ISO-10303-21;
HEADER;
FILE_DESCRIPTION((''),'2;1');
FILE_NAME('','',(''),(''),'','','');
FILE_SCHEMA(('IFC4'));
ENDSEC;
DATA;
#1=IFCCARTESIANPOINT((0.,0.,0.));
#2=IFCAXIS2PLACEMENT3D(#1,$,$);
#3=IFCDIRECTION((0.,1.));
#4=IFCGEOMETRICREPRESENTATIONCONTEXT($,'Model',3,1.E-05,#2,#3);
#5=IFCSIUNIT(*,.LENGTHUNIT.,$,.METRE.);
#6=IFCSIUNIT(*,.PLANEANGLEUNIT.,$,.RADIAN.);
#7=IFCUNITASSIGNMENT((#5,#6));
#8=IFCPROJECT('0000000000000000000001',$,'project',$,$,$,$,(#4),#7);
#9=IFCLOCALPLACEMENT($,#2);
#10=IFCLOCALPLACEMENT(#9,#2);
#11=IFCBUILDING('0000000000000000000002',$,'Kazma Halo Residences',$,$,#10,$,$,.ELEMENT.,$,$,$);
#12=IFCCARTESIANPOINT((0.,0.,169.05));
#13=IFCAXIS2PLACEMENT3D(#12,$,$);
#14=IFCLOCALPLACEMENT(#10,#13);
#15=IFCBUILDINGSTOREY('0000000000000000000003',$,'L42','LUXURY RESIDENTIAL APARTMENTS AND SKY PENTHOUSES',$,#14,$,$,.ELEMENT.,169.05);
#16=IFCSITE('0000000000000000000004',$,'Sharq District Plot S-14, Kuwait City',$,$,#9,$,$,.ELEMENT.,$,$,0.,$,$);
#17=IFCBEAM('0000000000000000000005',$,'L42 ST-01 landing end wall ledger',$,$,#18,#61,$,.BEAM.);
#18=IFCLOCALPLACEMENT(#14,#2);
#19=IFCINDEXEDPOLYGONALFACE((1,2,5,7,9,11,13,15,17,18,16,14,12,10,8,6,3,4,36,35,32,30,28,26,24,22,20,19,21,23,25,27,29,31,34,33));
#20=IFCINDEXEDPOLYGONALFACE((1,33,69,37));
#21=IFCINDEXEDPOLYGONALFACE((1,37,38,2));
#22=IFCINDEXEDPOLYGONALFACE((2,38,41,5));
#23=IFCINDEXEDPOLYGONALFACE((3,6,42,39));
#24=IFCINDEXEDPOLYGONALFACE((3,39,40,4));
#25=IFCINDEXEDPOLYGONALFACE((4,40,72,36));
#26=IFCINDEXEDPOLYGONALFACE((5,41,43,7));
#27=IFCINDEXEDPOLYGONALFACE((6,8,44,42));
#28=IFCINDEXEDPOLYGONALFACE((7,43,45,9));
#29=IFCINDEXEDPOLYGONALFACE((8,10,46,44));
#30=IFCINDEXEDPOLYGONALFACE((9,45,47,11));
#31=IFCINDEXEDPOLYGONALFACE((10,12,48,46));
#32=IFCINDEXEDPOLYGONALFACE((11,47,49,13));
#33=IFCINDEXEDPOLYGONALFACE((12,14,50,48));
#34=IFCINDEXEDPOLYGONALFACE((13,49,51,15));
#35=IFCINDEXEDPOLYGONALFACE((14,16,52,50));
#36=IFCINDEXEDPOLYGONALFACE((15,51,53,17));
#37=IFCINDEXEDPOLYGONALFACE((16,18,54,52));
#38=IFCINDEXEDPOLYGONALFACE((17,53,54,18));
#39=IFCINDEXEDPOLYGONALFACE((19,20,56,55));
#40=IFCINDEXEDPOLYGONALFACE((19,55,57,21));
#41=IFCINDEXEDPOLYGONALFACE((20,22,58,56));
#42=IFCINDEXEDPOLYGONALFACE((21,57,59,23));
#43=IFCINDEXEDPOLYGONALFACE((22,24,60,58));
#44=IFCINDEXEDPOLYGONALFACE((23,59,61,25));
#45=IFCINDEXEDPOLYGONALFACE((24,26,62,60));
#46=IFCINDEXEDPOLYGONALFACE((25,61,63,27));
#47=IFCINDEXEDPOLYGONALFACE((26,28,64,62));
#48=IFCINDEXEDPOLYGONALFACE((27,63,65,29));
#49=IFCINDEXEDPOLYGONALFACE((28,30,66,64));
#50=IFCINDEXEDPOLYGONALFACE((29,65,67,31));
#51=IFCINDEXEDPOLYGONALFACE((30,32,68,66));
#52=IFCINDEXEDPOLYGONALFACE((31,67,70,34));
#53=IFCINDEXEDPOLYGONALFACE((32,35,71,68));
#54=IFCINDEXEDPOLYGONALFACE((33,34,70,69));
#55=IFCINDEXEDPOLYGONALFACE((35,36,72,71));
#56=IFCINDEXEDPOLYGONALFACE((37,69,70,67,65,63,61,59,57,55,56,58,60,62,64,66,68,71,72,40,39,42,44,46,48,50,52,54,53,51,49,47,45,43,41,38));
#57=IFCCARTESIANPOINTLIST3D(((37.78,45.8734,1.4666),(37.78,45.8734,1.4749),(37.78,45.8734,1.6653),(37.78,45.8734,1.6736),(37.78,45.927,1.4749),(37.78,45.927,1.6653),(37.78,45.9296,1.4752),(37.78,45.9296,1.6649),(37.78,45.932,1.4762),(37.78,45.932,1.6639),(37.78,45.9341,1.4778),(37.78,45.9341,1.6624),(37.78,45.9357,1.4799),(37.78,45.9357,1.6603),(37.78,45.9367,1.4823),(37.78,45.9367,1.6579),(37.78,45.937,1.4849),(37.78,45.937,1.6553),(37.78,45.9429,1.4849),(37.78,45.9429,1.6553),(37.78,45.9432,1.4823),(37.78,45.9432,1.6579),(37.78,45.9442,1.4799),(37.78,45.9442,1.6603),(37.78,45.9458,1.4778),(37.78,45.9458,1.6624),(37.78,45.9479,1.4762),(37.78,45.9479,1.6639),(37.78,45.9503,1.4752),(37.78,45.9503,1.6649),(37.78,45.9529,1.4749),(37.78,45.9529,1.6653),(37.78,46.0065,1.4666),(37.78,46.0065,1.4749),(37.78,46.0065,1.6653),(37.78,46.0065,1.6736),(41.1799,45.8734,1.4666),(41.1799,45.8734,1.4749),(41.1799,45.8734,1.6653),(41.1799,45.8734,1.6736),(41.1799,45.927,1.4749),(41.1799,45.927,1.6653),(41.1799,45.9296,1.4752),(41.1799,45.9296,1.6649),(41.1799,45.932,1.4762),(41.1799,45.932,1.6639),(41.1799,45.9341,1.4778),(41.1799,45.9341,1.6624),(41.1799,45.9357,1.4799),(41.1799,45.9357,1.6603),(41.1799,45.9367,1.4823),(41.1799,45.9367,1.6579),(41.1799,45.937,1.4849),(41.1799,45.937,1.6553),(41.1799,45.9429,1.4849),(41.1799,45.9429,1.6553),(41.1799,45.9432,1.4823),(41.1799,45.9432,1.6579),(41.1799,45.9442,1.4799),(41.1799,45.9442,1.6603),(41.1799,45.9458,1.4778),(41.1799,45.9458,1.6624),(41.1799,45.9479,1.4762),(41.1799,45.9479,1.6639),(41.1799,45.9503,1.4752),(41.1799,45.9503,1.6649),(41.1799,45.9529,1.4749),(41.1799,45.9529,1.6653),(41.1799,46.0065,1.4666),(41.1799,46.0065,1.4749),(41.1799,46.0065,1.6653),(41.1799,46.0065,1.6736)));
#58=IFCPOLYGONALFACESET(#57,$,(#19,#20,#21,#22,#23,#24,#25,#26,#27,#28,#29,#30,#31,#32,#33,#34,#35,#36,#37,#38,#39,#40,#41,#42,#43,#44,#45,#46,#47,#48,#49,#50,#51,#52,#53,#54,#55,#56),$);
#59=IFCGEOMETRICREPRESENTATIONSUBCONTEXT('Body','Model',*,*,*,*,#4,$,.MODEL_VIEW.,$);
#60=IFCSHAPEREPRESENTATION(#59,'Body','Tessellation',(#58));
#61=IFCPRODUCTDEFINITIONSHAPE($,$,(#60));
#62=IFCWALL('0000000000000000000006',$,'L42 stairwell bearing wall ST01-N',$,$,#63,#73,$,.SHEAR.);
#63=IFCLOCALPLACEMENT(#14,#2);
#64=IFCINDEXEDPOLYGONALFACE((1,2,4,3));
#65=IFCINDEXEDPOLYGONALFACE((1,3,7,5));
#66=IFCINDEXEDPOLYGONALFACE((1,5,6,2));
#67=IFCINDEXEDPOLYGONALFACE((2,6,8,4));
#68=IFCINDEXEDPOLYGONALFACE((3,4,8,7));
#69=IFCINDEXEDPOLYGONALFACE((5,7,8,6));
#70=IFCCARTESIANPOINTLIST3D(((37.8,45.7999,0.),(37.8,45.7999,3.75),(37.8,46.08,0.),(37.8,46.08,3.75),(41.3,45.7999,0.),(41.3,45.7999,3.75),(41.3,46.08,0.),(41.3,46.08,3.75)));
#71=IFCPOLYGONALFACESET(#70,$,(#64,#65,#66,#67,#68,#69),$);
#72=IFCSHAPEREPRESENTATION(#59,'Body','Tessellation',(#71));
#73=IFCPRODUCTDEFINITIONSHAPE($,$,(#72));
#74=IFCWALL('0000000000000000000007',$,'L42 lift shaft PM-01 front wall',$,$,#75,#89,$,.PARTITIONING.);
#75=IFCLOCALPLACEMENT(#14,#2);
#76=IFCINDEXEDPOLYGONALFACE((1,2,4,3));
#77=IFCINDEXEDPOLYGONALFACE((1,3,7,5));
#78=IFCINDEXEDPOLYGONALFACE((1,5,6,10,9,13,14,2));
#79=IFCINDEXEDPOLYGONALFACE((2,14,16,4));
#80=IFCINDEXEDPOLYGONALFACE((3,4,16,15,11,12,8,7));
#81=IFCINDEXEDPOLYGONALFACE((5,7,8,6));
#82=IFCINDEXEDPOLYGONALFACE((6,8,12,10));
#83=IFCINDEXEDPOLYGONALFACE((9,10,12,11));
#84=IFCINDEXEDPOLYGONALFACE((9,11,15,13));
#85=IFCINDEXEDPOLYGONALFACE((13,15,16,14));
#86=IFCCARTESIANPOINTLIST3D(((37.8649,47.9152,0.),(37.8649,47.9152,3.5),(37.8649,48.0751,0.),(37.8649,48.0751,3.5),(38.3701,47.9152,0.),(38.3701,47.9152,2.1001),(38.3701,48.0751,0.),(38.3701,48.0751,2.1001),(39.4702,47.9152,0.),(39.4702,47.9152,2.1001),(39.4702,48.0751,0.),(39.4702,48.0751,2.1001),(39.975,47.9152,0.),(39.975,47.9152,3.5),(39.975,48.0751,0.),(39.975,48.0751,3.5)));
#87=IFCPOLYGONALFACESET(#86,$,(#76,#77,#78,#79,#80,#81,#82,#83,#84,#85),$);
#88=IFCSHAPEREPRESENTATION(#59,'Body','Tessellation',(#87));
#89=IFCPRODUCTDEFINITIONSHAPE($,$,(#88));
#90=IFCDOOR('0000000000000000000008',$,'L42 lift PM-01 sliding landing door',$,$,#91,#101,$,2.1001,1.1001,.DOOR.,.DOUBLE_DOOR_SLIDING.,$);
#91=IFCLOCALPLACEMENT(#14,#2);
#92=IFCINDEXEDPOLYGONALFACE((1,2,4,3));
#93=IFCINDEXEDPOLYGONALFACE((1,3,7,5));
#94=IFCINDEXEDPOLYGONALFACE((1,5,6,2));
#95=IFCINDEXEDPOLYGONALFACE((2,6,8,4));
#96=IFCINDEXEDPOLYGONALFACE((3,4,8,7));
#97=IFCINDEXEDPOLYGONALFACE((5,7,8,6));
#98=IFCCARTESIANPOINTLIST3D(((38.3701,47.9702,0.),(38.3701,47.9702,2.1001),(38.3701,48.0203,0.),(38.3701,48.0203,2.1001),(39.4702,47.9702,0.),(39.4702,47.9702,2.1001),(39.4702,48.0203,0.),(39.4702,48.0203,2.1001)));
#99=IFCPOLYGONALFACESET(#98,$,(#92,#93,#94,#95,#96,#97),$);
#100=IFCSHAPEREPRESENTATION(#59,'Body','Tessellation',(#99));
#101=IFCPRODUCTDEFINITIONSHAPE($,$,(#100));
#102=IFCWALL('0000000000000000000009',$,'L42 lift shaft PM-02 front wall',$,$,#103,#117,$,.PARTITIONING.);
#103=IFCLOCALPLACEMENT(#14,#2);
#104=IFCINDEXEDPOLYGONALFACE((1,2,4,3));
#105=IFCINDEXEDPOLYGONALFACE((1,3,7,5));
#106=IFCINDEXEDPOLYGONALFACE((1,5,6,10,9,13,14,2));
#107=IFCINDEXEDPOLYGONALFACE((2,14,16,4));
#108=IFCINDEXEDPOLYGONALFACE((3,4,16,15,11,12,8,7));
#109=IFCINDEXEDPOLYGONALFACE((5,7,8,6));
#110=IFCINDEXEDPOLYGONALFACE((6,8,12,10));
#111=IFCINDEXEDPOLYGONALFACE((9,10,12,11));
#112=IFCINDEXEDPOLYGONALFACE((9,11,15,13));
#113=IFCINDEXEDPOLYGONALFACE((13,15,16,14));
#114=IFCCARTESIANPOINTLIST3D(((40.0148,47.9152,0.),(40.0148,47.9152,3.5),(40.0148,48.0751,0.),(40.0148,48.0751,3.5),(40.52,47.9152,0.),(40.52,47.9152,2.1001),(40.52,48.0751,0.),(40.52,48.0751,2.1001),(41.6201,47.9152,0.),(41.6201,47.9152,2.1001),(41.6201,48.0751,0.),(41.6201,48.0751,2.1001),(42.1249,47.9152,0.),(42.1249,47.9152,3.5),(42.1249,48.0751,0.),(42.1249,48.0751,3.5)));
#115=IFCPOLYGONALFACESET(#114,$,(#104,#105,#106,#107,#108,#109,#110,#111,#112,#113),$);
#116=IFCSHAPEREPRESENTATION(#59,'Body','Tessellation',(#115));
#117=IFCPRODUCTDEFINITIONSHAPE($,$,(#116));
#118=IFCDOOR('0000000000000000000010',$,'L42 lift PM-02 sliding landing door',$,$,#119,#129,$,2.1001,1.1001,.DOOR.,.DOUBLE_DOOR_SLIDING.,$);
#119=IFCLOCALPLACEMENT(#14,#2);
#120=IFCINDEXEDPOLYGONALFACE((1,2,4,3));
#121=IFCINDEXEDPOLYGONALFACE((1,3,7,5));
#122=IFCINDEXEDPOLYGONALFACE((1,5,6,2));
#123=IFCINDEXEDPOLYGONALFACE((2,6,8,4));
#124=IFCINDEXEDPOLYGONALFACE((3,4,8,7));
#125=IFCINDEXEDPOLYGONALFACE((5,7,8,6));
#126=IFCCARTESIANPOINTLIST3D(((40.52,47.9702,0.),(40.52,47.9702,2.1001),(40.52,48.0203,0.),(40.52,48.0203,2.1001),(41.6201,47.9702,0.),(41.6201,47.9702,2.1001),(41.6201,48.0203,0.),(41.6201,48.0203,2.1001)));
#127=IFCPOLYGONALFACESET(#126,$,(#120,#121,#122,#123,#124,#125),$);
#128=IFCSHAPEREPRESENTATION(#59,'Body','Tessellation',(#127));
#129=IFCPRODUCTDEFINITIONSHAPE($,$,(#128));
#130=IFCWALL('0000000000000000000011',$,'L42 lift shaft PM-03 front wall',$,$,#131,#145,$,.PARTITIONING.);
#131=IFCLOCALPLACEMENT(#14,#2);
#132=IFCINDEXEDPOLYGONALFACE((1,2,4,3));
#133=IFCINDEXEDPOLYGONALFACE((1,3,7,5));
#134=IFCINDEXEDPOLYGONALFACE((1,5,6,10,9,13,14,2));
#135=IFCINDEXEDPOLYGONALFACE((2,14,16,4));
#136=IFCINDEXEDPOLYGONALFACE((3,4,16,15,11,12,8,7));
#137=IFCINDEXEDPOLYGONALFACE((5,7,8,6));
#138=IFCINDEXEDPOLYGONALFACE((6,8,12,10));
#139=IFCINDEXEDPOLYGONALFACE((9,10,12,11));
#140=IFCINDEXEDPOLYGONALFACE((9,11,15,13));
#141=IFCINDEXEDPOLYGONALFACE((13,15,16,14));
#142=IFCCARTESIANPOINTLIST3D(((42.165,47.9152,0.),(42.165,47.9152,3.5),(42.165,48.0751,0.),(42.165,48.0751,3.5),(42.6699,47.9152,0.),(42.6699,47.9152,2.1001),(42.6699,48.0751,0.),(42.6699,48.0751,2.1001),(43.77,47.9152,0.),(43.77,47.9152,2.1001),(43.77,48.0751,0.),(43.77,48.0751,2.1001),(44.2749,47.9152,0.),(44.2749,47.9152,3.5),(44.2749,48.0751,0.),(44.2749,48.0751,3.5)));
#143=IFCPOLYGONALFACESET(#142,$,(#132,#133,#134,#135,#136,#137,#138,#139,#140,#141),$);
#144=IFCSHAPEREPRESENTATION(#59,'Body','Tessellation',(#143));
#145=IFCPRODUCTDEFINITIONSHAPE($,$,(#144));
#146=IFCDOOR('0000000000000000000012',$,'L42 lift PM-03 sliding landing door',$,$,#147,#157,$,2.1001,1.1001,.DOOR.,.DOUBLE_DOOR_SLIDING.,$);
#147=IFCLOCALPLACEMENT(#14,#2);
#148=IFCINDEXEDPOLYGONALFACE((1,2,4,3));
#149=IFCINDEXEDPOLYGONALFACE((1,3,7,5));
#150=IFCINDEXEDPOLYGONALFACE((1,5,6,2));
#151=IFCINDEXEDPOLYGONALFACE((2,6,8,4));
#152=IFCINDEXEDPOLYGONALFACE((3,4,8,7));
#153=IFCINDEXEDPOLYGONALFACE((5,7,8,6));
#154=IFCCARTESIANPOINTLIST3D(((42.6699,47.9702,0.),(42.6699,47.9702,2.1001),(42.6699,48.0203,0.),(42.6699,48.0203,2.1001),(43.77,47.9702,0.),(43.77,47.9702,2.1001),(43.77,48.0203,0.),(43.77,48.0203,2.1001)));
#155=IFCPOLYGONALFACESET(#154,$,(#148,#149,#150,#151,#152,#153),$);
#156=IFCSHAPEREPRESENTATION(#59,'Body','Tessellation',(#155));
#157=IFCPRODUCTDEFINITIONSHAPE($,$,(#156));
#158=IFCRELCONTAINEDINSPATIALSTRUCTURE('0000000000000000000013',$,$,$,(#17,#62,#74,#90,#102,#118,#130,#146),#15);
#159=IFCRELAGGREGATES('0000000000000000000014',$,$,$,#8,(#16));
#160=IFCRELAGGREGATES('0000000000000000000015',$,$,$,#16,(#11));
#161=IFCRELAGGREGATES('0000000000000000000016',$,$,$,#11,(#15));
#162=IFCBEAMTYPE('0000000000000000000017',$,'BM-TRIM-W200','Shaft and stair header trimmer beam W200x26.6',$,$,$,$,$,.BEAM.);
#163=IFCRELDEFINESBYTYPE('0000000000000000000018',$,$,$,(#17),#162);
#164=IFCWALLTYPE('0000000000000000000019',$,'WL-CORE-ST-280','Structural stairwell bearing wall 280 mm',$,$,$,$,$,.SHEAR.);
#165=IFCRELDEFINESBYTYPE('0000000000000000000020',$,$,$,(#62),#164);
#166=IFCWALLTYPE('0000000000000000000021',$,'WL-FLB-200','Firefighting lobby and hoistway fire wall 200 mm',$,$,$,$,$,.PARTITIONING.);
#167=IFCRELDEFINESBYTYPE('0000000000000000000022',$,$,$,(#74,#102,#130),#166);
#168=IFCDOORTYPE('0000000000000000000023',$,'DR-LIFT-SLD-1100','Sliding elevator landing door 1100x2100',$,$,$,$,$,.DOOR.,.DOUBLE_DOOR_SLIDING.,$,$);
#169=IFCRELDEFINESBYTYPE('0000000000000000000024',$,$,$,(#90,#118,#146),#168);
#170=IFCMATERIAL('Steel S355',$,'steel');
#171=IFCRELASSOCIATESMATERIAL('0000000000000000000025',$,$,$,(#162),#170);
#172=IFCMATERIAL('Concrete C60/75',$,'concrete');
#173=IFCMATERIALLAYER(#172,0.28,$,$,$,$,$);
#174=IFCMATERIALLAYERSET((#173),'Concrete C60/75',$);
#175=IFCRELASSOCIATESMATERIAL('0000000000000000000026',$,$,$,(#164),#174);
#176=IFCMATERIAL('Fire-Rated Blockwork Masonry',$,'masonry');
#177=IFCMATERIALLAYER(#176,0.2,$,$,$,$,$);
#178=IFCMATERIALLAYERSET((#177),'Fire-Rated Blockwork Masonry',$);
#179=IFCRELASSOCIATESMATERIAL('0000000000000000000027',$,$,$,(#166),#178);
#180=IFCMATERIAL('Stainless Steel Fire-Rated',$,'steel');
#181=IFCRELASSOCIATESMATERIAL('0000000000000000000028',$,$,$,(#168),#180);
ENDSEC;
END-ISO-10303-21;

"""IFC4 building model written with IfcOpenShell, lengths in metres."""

from ifc_helpers import new_model, si_unit, direction, frame, frame_2d, origin, origin_2d, place, context, subcontext, project, spatial, rectangle, i_section, extrude, material, layer, layer_set, material_profile, profile_set, type_object, element, fill, save


model = new_model("IFC4")

# Units and contexts
model_context = context("Model", 3, precision=1e-05, world=origin(), true_north=direction((0.0, 1.0)))
body_context = subcontext(model_context, "Body", "Model", "MODEL_VIEW")
ifc_project = project(units=[si_unit("LENGTHUNIT", "METRE"), si_unit("PLANEANGLEUNIT", "RADIAN")], contexts=[model_context])

# Site, building, storey
site_placement = place(None, origin())
site = spatial("IfcSite", under=ifc_project, at=site_placement, Name="Sharq District Plot S-14, Kuwait City", CompositionType="ELEMENT", RefElevation=0.0)
building_placement = place(site_placement, origin())
building = spatial("IfcBuilding", under=site, at=building_placement, Name="Kazma Halo Residences", CompositionType="ELEMENT")
storey_placement = place(building_placement, frame((0.0, 0.0, 169.05)))
storey = spatial("IfcBuildingStorey", under=building, at=storey_placement, Name="L42", Description="LUXURY RESIDENTIAL APARTMENTS AND SKY PENTHOUSES", CompositionType="ELEMENT", Elevation=169.05)

# Shared definitions
ifc_material_1 = material(Name="Steel S355", Category="steel")

# Beam
ifc_material_profile_1 = material_profile(ifc_material_1, i_section(OverallWidth=0.1331, OverallDepth=0.207, WebThickness=0.0059, FlangeThickness=0.0083, FilletRadius=0.01, at=origin_2d()), Name="W200x26.6")
ifc_profile_set_1 = profile_set([ifc_material_profile_1], Name="Steel S355")
beam_type_1 = type_object("IfcBeamType", Name="BM-TRIM-W200", Description="Shaft and stair header trimmer beam W200x26.6", PredefinedType="BEAM", material=ifc_profile_set_1)
beam_1_placement = place(storey_placement, frame((37.78, 45.9399, 1.5701), z_axis=(1.0, 0.0, 0.0), x_axis=(0.0, 1.0, 0.0)))
element("IfcBeam", 1, at=beam_1_placement, inside=storey, type_object=beam_type_1, Name="L42 ST-01 landing end wall ledger", PredefinedType="BEAM", context=body_context, shape_type="SweptSolid", body=[
    extrude(i_section(OverallWidth=0.1331, OverallDepth=0.207, WebThickness=0.0059, FlangeThickness=0.0083, FilletRadius=0.01, at=origin_2d()), origin(), (0.0, 0.0, 1.0), 3.3999),
])

# Wall
ifc_material_2 = material(Name="Concrete C60/75", Category="concrete")
ifc_layer_1 = layer(ifc_material_2, 0.28)
ifc_layer_set_1 = layer_set([ifc_layer_1], Name="Concrete C60/75")
wall_type_1 = type_object("IfcWallType", Name="WL-CORE-ST-280", Description="Structural stairwell bearing wall 280 mm", PredefinedType="SHEAR", material=ifc_layer_set_1)
wall_1_placement = place(storey_placement, frame((37.8, 45.9399, 0.0), z_axis=(0.0, 0.0, 1.0), x_axis=(1.0, 0.0, 0.0)))
element("IfcWall", 2, at=wall_1_placement, inside=storey, type_object=wall_type_1, Name="L42 stairwell bearing wall ST01-N", PredefinedType="SHEAR", context=body_context, shape_type="SweptSolid", body=[
    extrude(rectangle(XDim=3.5, YDim=0.28, at=frame_2d((1.75, 0.0))), origin(), (0.0, 0.0, 1.0), 3.75),
])

# Walls, openings, doors
ifc_material_3 = material(Name="Fire-Rated Blockwork Masonry", Category="masonry")
ifc_layer_2 = layer(ifc_material_3, 0.2)
ifc_layer_set_2 = layer_set([ifc_layer_2], Name="Fire-Rated Blockwork Masonry")
wall_type_2 = type_object("IfcWallType", Name="WL-FLB-200", Description="Firefighting lobby and hoistway fire wall 200 mm", PredefinedType="PARTITIONING", material=ifc_layer_set_2)
wall_2_placement = place(storey_placement, frame((39.9751, 47.9951, 0.0), z_axis=(0.0, 0.0, 1.0), x_axis=(-1.0, 0.0, 0.0)))
wall_2 = element("IfcWall", 3, at=wall_2_placement, inside=storey, type_object=wall_type_2, Name="L42 lift shaft PM-01 front wall", PredefinedType="PARTITIONING", context=body_context, shape_type="SweptSolid", body=[
    extrude(rectangle(XDim=2.1101, YDim=0.1599, at=frame_2d((1.0552, 0.0))), origin(), (0.0, 0.0, 1.0), 3.5),
])
opening_1_placement = place(wall_2_placement, frame((0.5049, 0.0, 0.0)))
opening_1 = element("IfcOpeningElement", 4, at=opening_1_placement, cuts=wall_2, PredefinedType="OPENING", context=body_context, shape_type="SweptSolid", body=[
    extrude(rectangle(XDim=1.1001, YDim=2.1001, at=frame_2d((0.55, 1.05))), frame((0.0, 0.0898, 0.0), z_axis=(0.0, -1.0, 0.0), x_axis=(1.0, 0.0, 0.0)), (0.0, 0.0, 1.0), 0.1799),
])
ifc_material_4 = material(Name="Stainless Steel Fire-Rated", Category="steel")
door_type_1 = type_object("IfcDoorType", Name="DR-LIFT-SLD-1100", Description="Sliding elevator landing door 1100x2100", OperationType="DOUBLE_DOOR_SLIDING", PredefinedType="DOOR", material=ifc_material_4)
door_1_placement = place(opening_1_placement, origin())
door_1 = element("IfcDoor", 5, at=door_1_placement, inside=storey, type_object=door_type_1, Name="L42 lift PM-01 sliding landing door", OperationType="DOUBLE_DOOR_SLIDING", OverallHeight=2.1001, OverallWidth=1.1001, PredefinedType="DOOR", context=body_context, shape_type="SweptSolid", body=[
    extrude(rectangle(XDim=1.1001, YDim=2.1001, at=frame_2d((0.55, 1.05))), frame((0.0, 0.0249, 0.0), z_axis=(0.0, -1.0, 0.0), x_axis=(1.0, 0.0, 0.0)), (0.0, 0.0, 1.0), 0.05),
])
fill(opening_1, door_1)
wall_3_placement = place(storey_placement, frame((42.125, 47.9951, 0.0), z_axis=(0.0, 0.0, 1.0), x_axis=(-1.0, 0.0, 0.0)))
wall_3 = element("IfcWall", 6, at=wall_3_placement, inside=storey, type_object=wall_type_2, Name="L42 lift shaft PM-02 front wall", PredefinedType="PARTITIONING", context=body_context, shape_type="SweptSolid", body=[
    extrude(rectangle(XDim=2.1101, YDim=0.1599, at=frame_2d((1.0552, 0.0))), origin(), (0.0, 0.0, 1.0), 3.5),
])
opening_2_placement = place(wall_3_placement, frame((0.5049, 0.0, 0.0)))
opening_2 = element("IfcOpeningElement", 7, at=opening_2_placement, cuts=wall_3, PredefinedType="OPENING", context=body_context, shape_type="SweptSolid", body=[
    extrude(rectangle(XDim=1.1001, YDim=2.1001, at=frame_2d((0.55, 1.05))), frame((0.0, 0.0898, 0.0), z_axis=(0.0, -1.0, 0.0), x_axis=(1.0, 0.0, 0.0)), (0.0, 0.0, 1.0), 0.1799),
])
door_2_placement = place(opening_2_placement, origin())
door_2 = element("IfcDoor", 8, at=door_2_placement, inside=storey, type_object=door_type_1, Name="L42 lift PM-02 sliding landing door", OperationType="DOUBLE_DOOR_SLIDING", OverallHeight=2.1001, OverallWidth=1.1001, PredefinedType="DOOR", context=body_context, shape_type="SweptSolid", body=[
    extrude(rectangle(XDim=1.1001, YDim=2.1001, at=frame_2d((0.55, 1.05))), frame((0.0, 0.0249, 0.0), z_axis=(0.0, -1.0, 0.0), x_axis=(1.0, 0.0, 0.0)), (0.0, 0.0, 1.0), 0.05),
])
fill(opening_2, door_2)
wall_4_placement = place(storey_placement, frame((44.2749, 47.9951, 0.0), z_axis=(0.0, 0.0, 1.0), x_axis=(-1.0, 0.0, 0.0)))
wall_4 = element("IfcWall", 9, at=wall_4_placement, inside=storey, type_object=wall_type_2, Name="L42 lift shaft PM-03 front wall", PredefinedType="PARTITIONING", context=body_context, shape_type="SweptSolid", body=[
    extrude(rectangle(XDim=2.1099, YDim=0.1599, at=frame_2d((1.0549, 0.0))), origin(), (0.0, 0.0, 1.0), 3.5),
])
opening_3_placement = place(wall_4_placement, frame((0.5049, 0.0, 0.0)))
opening_3 = element("IfcOpeningElement", 10, at=opening_3_placement, cuts=wall_4, PredefinedType="OPENING", context=body_context, shape_type="SweptSolid", body=[
    extrude(rectangle(XDim=1.1001, YDim=2.1001, at=frame_2d((0.55, 1.05))), frame((0.0, 0.0898, 0.0), z_axis=(0.0, -1.0, 0.0), x_axis=(1.0, 0.0, 0.0)), (0.0, 0.0, 1.0), 0.1799),
])
door_3_placement = place(opening_3_placement, origin())
door_3 = element("IfcDoor", 11, at=door_3_placement, inside=storey, type_object=door_type_1, Name="L42 lift PM-03 sliding landing door", OperationType="DOUBLE_DOOR_SLIDING", OverallHeight=2.1001, OverallWidth=1.1001, PredefinedType="DOOR", context=body_context, shape_type="SweptSolid", body=[
    extrude(rectangle(XDim=1.1001, YDim=2.1001, at=frame_2d((0.55, 1.05))), frame((0.0, 0.0249, 0.0), z_axis=(0.0, -1.0, 0.0), x_axis=(1.0, 0.0, 0.0)), (0.0, 0.0, 1.0), 0.05),
])
fill(opening_3, door_3)

save(model, "model.ifc")
